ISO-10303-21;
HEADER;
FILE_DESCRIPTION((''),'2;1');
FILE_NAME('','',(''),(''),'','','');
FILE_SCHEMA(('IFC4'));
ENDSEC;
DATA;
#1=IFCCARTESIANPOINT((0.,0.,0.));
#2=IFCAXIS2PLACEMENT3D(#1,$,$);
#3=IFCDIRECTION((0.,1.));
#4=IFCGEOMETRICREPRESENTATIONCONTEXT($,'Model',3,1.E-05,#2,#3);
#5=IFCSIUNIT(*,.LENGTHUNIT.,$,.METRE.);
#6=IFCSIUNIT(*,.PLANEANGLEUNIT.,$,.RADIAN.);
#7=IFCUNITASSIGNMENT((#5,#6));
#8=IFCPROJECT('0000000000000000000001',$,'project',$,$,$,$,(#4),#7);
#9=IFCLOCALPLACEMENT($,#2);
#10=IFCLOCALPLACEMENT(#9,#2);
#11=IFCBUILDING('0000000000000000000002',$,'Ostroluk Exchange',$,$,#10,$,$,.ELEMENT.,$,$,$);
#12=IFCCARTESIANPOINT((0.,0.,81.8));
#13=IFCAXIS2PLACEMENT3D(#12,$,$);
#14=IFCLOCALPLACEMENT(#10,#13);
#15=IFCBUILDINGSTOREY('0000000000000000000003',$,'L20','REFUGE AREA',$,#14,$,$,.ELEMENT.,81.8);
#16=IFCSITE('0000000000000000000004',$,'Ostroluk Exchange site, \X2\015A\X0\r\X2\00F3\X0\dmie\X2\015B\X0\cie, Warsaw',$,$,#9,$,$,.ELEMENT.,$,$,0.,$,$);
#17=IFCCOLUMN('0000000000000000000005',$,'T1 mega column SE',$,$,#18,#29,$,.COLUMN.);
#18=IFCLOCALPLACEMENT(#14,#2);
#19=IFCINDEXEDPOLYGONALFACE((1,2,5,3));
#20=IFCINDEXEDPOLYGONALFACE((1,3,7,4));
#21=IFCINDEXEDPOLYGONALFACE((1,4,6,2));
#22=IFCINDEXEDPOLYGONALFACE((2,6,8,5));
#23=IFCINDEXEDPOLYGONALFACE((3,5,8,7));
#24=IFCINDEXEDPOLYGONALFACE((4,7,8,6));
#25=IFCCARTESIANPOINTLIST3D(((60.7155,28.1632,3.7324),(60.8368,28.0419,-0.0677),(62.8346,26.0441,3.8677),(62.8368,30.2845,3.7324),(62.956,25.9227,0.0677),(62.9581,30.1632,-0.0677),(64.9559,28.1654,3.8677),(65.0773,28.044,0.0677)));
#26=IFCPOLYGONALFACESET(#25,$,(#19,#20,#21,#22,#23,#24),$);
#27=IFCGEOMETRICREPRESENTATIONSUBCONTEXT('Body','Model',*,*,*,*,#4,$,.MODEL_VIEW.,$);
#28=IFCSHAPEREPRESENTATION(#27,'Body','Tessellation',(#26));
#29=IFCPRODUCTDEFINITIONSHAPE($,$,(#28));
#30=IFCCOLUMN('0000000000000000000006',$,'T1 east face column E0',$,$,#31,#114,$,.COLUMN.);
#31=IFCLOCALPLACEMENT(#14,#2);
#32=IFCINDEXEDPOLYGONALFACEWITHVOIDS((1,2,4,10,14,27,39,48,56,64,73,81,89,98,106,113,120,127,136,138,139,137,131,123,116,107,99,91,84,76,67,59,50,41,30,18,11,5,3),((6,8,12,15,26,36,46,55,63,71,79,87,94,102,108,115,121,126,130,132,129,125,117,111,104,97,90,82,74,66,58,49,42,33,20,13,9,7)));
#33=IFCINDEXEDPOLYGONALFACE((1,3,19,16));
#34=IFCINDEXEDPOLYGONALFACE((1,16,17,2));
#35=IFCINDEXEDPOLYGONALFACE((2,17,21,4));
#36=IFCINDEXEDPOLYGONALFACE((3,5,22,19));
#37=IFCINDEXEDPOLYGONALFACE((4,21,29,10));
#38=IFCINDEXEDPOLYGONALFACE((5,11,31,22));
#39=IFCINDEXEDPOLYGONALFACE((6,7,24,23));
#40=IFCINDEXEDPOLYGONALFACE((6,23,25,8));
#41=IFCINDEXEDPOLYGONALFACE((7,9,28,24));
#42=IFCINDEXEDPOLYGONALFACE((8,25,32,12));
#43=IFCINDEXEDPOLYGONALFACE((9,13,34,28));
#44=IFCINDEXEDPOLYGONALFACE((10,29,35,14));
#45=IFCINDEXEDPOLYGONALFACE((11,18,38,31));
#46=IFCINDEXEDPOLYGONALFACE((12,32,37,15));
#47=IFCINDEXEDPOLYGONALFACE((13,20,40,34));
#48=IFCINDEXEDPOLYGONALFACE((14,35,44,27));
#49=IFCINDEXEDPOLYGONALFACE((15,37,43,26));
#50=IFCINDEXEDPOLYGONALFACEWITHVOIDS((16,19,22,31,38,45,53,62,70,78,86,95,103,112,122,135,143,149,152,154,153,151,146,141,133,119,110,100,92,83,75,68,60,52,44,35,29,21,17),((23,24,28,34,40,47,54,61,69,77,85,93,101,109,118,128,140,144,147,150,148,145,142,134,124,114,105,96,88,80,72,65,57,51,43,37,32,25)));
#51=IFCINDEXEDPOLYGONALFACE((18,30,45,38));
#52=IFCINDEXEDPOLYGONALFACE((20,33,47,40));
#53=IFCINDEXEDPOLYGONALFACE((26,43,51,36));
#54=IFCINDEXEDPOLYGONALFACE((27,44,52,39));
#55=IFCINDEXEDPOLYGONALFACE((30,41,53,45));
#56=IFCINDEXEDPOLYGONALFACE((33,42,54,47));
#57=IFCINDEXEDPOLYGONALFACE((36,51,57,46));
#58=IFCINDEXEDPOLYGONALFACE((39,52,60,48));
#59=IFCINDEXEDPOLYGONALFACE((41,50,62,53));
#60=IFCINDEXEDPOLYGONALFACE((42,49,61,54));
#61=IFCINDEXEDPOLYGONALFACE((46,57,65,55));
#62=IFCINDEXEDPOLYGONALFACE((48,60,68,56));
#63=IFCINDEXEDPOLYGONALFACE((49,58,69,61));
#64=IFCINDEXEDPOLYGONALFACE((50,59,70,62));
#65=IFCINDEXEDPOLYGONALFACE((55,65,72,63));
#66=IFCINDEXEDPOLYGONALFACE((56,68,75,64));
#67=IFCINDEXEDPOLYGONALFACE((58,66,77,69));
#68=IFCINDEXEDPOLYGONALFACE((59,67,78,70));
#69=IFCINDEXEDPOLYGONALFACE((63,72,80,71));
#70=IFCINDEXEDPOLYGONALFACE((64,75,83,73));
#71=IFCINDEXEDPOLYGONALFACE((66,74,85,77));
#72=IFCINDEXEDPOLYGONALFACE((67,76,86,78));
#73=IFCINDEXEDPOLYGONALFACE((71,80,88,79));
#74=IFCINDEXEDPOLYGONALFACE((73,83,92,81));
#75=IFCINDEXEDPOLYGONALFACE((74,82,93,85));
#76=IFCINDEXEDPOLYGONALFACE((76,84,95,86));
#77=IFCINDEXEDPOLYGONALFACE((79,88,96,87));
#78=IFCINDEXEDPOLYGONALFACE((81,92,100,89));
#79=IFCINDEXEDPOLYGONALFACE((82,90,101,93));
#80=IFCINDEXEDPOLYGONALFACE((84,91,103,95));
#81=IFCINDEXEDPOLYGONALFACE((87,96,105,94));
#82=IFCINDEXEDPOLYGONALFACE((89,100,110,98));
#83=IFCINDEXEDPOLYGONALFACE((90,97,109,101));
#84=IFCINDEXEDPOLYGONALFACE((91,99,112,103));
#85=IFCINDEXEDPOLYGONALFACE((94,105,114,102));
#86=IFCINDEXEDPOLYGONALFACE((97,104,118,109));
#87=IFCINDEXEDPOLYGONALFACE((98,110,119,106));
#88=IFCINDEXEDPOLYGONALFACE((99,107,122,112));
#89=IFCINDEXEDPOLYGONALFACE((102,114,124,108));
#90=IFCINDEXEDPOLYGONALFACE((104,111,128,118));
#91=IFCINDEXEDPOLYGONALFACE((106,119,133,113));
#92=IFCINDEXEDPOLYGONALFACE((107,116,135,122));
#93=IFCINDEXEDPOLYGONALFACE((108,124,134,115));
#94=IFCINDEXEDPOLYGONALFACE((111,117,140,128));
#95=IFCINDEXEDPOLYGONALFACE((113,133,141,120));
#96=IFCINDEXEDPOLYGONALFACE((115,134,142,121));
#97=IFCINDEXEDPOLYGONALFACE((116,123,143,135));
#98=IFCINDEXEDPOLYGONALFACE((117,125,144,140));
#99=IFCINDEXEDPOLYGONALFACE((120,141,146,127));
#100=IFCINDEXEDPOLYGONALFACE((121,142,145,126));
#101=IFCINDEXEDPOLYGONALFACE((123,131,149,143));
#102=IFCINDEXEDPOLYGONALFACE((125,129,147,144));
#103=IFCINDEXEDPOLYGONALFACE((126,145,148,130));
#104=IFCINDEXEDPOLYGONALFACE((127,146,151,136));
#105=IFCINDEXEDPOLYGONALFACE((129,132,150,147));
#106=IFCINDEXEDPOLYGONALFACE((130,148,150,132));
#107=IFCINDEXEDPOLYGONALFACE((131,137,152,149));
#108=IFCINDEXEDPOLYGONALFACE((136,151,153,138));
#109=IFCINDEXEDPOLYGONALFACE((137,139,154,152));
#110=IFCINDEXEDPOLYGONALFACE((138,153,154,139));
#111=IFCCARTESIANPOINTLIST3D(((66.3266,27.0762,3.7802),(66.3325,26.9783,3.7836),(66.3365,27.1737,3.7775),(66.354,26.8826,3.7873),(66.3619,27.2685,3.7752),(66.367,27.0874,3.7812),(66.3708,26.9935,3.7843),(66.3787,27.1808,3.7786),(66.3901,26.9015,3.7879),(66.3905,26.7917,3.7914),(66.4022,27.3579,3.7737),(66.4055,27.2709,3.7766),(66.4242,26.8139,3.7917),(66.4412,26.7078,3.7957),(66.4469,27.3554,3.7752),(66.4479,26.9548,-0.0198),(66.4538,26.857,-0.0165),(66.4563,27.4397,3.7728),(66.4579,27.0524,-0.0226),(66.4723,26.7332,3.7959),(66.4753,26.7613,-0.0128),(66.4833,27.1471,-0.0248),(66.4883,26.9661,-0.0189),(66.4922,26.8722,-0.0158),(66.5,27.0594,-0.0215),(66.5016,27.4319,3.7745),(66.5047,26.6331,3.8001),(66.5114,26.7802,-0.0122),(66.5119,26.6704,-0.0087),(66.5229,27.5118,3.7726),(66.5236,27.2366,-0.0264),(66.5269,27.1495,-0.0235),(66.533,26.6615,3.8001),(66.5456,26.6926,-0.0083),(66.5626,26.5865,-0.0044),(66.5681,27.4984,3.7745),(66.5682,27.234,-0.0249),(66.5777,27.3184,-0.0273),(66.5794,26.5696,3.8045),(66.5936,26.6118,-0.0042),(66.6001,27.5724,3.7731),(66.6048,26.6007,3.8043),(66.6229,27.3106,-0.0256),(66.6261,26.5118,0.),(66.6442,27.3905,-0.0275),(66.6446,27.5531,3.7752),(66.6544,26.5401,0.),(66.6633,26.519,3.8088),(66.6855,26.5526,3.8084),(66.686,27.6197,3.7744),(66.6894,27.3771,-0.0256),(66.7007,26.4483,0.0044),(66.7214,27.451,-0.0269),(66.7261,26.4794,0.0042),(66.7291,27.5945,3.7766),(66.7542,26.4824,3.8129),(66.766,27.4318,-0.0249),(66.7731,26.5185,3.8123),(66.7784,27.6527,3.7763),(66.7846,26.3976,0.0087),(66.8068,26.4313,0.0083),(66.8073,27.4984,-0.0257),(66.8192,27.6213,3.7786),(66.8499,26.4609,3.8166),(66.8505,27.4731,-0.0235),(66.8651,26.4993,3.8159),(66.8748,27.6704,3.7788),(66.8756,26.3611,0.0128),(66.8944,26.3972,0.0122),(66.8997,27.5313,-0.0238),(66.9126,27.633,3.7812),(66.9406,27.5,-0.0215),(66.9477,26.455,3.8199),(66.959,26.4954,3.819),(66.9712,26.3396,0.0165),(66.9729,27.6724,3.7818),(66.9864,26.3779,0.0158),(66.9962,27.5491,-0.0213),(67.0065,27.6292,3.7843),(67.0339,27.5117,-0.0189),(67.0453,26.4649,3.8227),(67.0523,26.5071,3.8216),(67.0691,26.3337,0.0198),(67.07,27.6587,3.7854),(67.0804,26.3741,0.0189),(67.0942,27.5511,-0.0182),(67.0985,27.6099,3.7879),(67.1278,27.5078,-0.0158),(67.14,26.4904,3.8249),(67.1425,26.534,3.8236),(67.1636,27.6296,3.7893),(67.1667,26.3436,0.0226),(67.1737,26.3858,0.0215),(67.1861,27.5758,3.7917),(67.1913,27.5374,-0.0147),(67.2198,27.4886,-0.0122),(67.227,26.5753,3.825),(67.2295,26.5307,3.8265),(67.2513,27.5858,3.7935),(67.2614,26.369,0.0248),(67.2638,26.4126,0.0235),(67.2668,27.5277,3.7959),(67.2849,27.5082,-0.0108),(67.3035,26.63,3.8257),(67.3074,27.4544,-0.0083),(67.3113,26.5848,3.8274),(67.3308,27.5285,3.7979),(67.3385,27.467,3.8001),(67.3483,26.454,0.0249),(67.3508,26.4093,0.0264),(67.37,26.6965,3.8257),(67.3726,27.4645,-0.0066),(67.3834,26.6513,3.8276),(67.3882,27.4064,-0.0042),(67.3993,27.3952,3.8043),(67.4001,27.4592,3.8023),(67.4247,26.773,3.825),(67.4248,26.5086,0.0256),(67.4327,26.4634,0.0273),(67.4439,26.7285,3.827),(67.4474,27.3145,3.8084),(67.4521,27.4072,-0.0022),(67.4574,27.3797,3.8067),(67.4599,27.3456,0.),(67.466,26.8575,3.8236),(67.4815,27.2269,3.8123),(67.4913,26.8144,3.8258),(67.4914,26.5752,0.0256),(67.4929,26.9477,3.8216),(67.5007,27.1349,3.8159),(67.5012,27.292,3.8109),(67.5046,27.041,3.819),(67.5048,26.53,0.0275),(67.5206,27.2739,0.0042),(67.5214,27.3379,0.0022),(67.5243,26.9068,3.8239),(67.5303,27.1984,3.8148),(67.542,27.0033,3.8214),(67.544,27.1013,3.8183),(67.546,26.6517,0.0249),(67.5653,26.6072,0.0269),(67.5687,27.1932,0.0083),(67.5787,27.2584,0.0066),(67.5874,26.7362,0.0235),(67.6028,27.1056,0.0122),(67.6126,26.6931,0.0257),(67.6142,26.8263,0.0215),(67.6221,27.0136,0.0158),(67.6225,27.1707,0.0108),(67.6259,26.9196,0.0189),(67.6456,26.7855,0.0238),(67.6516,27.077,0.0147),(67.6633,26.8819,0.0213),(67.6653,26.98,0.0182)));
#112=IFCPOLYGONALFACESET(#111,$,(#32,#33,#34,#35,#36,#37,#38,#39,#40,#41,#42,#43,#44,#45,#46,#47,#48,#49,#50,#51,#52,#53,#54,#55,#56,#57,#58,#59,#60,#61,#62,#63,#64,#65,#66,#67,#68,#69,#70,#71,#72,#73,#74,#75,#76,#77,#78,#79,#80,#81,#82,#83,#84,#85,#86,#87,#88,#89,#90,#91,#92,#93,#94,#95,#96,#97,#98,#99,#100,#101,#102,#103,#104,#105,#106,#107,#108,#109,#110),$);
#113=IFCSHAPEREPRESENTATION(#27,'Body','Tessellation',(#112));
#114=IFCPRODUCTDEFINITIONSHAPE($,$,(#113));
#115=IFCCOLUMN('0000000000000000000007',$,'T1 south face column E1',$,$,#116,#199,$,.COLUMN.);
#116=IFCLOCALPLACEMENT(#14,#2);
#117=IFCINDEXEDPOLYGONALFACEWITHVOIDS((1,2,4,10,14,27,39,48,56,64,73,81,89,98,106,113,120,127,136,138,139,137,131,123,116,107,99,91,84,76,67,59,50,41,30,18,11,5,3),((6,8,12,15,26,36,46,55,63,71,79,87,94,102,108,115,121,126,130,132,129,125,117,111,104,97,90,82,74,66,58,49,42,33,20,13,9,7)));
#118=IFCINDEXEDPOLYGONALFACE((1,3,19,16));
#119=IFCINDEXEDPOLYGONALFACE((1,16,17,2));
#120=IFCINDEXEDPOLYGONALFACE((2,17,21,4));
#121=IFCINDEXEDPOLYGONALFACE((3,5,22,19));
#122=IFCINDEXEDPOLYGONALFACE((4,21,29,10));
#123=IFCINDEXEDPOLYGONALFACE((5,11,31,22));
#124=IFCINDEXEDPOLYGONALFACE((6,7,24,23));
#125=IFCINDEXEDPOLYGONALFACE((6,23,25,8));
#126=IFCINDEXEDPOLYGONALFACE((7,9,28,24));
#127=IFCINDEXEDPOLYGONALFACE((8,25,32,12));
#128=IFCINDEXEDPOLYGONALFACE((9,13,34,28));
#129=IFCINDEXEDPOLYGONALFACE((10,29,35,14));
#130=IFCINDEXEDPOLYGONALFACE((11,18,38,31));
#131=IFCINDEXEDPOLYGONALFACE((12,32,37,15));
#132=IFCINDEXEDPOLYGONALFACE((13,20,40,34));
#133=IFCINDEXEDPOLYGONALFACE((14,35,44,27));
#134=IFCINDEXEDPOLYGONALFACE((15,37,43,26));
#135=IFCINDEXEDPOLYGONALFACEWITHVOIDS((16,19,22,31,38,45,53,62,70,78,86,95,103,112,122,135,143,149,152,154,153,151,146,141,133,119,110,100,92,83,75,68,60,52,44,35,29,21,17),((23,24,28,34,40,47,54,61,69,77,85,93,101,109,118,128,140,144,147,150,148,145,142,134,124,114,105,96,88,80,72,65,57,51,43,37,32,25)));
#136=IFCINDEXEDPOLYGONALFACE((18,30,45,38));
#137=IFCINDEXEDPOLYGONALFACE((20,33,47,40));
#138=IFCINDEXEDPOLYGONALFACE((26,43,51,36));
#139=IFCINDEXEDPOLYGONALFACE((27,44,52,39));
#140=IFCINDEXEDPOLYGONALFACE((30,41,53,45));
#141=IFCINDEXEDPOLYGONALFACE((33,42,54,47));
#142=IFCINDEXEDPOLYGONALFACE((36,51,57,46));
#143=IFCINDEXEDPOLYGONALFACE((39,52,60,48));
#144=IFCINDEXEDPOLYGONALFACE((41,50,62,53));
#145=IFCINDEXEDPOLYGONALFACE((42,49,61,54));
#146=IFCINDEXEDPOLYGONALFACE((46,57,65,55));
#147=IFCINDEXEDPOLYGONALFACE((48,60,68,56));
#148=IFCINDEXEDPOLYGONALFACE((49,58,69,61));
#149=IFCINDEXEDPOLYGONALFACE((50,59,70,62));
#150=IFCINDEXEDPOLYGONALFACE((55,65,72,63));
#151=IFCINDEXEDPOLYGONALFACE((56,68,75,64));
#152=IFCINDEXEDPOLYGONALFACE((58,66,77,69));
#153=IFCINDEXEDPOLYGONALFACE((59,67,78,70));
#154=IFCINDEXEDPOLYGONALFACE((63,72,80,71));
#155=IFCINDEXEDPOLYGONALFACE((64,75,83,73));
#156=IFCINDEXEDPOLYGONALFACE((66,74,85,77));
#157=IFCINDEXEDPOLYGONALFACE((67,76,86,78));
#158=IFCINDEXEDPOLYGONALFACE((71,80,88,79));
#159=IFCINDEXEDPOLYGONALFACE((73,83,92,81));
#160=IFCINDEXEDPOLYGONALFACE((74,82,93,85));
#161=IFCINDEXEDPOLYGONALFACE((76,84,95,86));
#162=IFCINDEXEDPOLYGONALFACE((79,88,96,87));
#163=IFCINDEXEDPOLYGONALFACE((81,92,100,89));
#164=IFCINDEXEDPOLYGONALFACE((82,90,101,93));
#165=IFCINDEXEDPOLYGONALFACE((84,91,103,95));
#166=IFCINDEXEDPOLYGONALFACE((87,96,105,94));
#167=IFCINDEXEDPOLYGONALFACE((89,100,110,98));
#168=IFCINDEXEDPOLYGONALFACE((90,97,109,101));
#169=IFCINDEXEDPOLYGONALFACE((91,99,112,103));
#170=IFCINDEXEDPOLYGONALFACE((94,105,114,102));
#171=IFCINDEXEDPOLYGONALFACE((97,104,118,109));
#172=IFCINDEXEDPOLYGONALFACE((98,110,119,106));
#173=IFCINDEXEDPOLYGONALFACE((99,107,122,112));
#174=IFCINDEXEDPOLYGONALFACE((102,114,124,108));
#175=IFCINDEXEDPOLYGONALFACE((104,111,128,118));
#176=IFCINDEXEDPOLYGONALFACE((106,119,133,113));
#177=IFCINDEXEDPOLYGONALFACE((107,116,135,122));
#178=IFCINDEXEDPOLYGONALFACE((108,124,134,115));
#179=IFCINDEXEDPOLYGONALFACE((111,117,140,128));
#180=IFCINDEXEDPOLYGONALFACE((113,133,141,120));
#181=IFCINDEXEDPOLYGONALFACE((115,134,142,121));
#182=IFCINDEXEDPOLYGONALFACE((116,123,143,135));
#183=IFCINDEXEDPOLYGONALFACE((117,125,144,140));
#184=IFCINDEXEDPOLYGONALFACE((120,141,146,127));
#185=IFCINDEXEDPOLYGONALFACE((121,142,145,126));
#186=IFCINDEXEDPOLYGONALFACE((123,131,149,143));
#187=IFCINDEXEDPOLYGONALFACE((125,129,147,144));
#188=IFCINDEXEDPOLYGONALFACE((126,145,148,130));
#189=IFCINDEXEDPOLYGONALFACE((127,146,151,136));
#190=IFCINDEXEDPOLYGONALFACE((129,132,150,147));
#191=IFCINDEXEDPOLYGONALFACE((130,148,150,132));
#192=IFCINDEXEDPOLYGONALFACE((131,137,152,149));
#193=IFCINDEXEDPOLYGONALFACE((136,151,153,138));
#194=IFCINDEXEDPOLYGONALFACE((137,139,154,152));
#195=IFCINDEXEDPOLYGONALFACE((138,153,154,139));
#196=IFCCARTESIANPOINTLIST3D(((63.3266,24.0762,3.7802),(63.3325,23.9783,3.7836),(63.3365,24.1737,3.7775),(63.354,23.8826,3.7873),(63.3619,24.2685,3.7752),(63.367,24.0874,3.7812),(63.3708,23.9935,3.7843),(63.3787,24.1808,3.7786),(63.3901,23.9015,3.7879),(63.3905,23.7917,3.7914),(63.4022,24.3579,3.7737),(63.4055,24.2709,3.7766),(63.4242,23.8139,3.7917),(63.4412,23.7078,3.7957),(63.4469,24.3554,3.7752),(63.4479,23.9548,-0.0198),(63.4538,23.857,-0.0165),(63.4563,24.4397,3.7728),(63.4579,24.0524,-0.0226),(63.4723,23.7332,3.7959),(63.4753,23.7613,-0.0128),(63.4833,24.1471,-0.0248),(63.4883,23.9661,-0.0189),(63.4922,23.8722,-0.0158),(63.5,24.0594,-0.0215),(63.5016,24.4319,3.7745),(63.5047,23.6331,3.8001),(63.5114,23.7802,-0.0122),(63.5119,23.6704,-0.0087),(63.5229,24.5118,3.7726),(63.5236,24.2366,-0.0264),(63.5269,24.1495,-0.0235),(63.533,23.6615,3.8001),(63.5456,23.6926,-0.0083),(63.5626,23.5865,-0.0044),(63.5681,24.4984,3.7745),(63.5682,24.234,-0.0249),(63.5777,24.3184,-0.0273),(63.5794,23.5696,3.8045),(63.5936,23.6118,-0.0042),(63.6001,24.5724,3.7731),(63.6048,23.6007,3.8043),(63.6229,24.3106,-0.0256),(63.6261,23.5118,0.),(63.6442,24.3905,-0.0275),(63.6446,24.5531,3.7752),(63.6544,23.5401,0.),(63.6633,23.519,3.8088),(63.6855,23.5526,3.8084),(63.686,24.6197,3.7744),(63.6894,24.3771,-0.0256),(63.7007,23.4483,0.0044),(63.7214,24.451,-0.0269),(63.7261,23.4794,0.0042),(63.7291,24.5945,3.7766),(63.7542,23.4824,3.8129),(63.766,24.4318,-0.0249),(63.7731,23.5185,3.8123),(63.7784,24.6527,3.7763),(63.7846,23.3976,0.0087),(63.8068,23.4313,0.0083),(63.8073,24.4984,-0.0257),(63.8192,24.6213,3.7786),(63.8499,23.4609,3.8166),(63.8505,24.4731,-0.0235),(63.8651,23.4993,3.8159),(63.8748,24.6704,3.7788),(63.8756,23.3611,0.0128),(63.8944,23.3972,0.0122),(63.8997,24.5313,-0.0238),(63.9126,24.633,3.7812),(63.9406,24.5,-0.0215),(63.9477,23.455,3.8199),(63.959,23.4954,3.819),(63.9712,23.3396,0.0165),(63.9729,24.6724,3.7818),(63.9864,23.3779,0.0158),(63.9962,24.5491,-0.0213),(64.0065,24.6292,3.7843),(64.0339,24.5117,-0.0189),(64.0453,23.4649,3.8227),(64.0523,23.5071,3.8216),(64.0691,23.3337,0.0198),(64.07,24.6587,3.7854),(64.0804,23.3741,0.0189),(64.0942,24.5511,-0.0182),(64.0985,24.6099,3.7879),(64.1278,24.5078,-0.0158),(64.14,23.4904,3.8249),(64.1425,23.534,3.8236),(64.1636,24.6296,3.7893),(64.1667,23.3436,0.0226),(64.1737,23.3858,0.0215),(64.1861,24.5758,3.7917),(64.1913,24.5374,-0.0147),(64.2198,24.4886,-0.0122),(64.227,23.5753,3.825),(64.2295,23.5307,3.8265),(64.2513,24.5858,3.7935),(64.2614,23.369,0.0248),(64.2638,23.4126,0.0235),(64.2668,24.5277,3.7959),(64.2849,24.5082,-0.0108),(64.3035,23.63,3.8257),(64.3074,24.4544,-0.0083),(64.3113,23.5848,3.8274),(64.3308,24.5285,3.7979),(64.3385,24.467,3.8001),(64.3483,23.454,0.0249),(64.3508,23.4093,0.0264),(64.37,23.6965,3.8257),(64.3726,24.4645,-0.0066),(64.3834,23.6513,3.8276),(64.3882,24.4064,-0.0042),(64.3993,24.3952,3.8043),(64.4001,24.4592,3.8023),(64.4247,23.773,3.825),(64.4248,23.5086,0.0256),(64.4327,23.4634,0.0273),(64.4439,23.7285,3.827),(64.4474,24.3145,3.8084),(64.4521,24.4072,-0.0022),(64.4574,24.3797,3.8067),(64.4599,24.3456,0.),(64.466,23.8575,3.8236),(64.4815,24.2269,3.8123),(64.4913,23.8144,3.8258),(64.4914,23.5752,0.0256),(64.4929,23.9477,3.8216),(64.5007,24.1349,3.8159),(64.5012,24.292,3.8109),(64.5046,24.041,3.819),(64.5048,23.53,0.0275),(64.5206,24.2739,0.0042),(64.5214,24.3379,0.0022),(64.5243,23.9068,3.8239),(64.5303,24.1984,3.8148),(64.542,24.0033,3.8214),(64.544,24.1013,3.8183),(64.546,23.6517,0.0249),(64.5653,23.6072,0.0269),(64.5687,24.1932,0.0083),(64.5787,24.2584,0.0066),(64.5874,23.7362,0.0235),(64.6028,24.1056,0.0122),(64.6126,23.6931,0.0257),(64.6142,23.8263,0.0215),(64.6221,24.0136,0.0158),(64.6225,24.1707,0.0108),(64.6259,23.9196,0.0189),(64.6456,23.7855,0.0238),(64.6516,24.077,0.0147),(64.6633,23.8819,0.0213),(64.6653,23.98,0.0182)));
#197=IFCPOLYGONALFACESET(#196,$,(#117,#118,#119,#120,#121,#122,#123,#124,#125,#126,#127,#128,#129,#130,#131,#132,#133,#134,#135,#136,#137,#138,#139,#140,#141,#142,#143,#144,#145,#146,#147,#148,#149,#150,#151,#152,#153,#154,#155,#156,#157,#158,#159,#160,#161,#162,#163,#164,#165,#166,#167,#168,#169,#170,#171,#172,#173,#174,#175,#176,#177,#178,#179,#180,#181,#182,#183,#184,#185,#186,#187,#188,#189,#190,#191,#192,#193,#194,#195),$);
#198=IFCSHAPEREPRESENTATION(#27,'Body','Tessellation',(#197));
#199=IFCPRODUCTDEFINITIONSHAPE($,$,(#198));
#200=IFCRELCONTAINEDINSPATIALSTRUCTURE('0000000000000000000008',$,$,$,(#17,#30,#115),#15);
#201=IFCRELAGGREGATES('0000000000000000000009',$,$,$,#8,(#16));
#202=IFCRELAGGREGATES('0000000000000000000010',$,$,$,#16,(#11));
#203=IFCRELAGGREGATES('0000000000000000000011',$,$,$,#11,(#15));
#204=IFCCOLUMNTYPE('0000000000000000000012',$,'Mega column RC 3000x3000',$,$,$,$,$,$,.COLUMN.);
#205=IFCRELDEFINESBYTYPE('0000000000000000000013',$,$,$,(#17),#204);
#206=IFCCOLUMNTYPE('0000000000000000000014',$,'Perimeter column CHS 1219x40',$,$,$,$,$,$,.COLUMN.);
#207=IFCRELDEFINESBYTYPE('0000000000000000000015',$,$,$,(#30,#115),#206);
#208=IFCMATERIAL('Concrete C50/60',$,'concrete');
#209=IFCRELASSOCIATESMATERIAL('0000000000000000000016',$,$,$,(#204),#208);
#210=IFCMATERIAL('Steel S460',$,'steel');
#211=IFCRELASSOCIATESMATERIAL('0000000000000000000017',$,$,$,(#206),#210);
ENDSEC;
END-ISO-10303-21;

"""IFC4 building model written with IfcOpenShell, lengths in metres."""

from ifc_helpers import new_model, si_unit, direction, frame, origin, origin_2d, place, context, subcontext, project, spatial, rectangle, hollow_circle, extrude, material, material_profile, profile_set, type_object, element, save


model = new_model("IFC4")

# Units and contexts
model_context = context("Model", 3, precision=1e-05, world=origin(), true_north=direction((0.0, 1.0)))
body_context = subcontext(model_context, "Body", "Model", "MODEL_VIEW")
ifc_project = project(units=[si_unit("LENGTHUNIT", "METRE"), si_unit("PLANEANGLEUNIT", "RADIAN")], contexts=[model_context])

# Site, building, storey
site_placement = place(None, origin())
site = spatial("IfcSite", under=ifc_project, at=site_placement, Name="Ostroluk Exchange site, Śródmieście, Warsaw", CompositionType="ELEMENT", RefElevation=0.0)
building_placement = place(site_placement, origin())
building = spatial("IfcBuilding", under=site, at=building_placement, Name="Ostroluk Exchange", CompositionType="ELEMENT")
storey_placement = place(building_placement, frame((0.0, 0.0, 81.8)))
storey = spatial("IfcBuildingStorey", under=building, at=storey_placement, Name="L20", Description="REFUGE AREA", CompositionType="ELEMENT", Elevation=81.8)

# Columns
ifc_material_1 = material(Name="Concrete C50/60", Category="concrete")
ifc_material_profile_1 = material_profile(ifc_material_1, rectangle(XDim=3.0, YDim=3.0, at=origin_2d()), Name="RC 3000x3000")
ifc_profile_set_1 = profile_set([ifc_material_profile_1], Name="Concrete C50/60")
column_type_1 = type_object("IfcColumnType", Name="Mega column RC 3000x3000", PredefinedType="COLUMN", material=ifc_profile_set_1)
column_placement = place(storey_placement, frame((62.957, 28.043, 0.0), z_axis=(-0.031898, 0.031898, 0.998982), x_axis=(-0.707107, -0.707107, 0.0)))
element("IfcColumn", 1, at=column_placement, inside=storey, type_object=column_type_1, Name="T1 mega column SE", PredefinedType="COLUMN", context=body_context, shape_type="SweptSolid", body=[
    extrude(rectangle(XDim=3.0, YDim=3.0, at=origin_2d()), origin(), (0.0, 0.0, 1.0), 3.804),
])
ifc_material_2 = material(Name="Steel S460", Category="steel")
ifc_material_profile_2 = material_profile(ifc_material_2, hollow_circle(Radius=0.6096, WallThickness=0.04, at=origin_2d()), Name="CHS 1219x40")
ifc_profile_set_2 = profile_set([ifc_material_profile_2], Name="Steel S460")
column_type_2 = type_object("IfcColumnType", Name="Perimeter column CHS 1219x40", PredefinedType="COLUMN", material=ifc_profile_set_2)
for number, where, z_axis, x_axis, name in (
    (2, (67.0571, 26.9429, 0.0), (-0.031898, 0.031898, 0.998982), (-0.707107, -0.707107, 0.0), "T1 east face column E0"),
    (3, (64.0571, 23.9429, 0.0), (-0.031898, 0.031898, 0.998982), (-0.707107, -0.707107, 0.0), "T1 south face column E1"),
):
    element("IfcColumn", number, at=place(storey_placement, frame(where, z_axis=z_axis, x_axis=x_axis)), inside=storey, type_object=column_type_2, Name=name, PredefinedType="COLUMN", context=body_context, shape_type="SweptSolid", body=[
        extrude(hollow_circle(Radius=0.6096, WallThickness=0.04, at=origin_2d()), origin(), (0.0, 0.0, 1.0), 3.804),
    ])

save(model, "model.ifc")
